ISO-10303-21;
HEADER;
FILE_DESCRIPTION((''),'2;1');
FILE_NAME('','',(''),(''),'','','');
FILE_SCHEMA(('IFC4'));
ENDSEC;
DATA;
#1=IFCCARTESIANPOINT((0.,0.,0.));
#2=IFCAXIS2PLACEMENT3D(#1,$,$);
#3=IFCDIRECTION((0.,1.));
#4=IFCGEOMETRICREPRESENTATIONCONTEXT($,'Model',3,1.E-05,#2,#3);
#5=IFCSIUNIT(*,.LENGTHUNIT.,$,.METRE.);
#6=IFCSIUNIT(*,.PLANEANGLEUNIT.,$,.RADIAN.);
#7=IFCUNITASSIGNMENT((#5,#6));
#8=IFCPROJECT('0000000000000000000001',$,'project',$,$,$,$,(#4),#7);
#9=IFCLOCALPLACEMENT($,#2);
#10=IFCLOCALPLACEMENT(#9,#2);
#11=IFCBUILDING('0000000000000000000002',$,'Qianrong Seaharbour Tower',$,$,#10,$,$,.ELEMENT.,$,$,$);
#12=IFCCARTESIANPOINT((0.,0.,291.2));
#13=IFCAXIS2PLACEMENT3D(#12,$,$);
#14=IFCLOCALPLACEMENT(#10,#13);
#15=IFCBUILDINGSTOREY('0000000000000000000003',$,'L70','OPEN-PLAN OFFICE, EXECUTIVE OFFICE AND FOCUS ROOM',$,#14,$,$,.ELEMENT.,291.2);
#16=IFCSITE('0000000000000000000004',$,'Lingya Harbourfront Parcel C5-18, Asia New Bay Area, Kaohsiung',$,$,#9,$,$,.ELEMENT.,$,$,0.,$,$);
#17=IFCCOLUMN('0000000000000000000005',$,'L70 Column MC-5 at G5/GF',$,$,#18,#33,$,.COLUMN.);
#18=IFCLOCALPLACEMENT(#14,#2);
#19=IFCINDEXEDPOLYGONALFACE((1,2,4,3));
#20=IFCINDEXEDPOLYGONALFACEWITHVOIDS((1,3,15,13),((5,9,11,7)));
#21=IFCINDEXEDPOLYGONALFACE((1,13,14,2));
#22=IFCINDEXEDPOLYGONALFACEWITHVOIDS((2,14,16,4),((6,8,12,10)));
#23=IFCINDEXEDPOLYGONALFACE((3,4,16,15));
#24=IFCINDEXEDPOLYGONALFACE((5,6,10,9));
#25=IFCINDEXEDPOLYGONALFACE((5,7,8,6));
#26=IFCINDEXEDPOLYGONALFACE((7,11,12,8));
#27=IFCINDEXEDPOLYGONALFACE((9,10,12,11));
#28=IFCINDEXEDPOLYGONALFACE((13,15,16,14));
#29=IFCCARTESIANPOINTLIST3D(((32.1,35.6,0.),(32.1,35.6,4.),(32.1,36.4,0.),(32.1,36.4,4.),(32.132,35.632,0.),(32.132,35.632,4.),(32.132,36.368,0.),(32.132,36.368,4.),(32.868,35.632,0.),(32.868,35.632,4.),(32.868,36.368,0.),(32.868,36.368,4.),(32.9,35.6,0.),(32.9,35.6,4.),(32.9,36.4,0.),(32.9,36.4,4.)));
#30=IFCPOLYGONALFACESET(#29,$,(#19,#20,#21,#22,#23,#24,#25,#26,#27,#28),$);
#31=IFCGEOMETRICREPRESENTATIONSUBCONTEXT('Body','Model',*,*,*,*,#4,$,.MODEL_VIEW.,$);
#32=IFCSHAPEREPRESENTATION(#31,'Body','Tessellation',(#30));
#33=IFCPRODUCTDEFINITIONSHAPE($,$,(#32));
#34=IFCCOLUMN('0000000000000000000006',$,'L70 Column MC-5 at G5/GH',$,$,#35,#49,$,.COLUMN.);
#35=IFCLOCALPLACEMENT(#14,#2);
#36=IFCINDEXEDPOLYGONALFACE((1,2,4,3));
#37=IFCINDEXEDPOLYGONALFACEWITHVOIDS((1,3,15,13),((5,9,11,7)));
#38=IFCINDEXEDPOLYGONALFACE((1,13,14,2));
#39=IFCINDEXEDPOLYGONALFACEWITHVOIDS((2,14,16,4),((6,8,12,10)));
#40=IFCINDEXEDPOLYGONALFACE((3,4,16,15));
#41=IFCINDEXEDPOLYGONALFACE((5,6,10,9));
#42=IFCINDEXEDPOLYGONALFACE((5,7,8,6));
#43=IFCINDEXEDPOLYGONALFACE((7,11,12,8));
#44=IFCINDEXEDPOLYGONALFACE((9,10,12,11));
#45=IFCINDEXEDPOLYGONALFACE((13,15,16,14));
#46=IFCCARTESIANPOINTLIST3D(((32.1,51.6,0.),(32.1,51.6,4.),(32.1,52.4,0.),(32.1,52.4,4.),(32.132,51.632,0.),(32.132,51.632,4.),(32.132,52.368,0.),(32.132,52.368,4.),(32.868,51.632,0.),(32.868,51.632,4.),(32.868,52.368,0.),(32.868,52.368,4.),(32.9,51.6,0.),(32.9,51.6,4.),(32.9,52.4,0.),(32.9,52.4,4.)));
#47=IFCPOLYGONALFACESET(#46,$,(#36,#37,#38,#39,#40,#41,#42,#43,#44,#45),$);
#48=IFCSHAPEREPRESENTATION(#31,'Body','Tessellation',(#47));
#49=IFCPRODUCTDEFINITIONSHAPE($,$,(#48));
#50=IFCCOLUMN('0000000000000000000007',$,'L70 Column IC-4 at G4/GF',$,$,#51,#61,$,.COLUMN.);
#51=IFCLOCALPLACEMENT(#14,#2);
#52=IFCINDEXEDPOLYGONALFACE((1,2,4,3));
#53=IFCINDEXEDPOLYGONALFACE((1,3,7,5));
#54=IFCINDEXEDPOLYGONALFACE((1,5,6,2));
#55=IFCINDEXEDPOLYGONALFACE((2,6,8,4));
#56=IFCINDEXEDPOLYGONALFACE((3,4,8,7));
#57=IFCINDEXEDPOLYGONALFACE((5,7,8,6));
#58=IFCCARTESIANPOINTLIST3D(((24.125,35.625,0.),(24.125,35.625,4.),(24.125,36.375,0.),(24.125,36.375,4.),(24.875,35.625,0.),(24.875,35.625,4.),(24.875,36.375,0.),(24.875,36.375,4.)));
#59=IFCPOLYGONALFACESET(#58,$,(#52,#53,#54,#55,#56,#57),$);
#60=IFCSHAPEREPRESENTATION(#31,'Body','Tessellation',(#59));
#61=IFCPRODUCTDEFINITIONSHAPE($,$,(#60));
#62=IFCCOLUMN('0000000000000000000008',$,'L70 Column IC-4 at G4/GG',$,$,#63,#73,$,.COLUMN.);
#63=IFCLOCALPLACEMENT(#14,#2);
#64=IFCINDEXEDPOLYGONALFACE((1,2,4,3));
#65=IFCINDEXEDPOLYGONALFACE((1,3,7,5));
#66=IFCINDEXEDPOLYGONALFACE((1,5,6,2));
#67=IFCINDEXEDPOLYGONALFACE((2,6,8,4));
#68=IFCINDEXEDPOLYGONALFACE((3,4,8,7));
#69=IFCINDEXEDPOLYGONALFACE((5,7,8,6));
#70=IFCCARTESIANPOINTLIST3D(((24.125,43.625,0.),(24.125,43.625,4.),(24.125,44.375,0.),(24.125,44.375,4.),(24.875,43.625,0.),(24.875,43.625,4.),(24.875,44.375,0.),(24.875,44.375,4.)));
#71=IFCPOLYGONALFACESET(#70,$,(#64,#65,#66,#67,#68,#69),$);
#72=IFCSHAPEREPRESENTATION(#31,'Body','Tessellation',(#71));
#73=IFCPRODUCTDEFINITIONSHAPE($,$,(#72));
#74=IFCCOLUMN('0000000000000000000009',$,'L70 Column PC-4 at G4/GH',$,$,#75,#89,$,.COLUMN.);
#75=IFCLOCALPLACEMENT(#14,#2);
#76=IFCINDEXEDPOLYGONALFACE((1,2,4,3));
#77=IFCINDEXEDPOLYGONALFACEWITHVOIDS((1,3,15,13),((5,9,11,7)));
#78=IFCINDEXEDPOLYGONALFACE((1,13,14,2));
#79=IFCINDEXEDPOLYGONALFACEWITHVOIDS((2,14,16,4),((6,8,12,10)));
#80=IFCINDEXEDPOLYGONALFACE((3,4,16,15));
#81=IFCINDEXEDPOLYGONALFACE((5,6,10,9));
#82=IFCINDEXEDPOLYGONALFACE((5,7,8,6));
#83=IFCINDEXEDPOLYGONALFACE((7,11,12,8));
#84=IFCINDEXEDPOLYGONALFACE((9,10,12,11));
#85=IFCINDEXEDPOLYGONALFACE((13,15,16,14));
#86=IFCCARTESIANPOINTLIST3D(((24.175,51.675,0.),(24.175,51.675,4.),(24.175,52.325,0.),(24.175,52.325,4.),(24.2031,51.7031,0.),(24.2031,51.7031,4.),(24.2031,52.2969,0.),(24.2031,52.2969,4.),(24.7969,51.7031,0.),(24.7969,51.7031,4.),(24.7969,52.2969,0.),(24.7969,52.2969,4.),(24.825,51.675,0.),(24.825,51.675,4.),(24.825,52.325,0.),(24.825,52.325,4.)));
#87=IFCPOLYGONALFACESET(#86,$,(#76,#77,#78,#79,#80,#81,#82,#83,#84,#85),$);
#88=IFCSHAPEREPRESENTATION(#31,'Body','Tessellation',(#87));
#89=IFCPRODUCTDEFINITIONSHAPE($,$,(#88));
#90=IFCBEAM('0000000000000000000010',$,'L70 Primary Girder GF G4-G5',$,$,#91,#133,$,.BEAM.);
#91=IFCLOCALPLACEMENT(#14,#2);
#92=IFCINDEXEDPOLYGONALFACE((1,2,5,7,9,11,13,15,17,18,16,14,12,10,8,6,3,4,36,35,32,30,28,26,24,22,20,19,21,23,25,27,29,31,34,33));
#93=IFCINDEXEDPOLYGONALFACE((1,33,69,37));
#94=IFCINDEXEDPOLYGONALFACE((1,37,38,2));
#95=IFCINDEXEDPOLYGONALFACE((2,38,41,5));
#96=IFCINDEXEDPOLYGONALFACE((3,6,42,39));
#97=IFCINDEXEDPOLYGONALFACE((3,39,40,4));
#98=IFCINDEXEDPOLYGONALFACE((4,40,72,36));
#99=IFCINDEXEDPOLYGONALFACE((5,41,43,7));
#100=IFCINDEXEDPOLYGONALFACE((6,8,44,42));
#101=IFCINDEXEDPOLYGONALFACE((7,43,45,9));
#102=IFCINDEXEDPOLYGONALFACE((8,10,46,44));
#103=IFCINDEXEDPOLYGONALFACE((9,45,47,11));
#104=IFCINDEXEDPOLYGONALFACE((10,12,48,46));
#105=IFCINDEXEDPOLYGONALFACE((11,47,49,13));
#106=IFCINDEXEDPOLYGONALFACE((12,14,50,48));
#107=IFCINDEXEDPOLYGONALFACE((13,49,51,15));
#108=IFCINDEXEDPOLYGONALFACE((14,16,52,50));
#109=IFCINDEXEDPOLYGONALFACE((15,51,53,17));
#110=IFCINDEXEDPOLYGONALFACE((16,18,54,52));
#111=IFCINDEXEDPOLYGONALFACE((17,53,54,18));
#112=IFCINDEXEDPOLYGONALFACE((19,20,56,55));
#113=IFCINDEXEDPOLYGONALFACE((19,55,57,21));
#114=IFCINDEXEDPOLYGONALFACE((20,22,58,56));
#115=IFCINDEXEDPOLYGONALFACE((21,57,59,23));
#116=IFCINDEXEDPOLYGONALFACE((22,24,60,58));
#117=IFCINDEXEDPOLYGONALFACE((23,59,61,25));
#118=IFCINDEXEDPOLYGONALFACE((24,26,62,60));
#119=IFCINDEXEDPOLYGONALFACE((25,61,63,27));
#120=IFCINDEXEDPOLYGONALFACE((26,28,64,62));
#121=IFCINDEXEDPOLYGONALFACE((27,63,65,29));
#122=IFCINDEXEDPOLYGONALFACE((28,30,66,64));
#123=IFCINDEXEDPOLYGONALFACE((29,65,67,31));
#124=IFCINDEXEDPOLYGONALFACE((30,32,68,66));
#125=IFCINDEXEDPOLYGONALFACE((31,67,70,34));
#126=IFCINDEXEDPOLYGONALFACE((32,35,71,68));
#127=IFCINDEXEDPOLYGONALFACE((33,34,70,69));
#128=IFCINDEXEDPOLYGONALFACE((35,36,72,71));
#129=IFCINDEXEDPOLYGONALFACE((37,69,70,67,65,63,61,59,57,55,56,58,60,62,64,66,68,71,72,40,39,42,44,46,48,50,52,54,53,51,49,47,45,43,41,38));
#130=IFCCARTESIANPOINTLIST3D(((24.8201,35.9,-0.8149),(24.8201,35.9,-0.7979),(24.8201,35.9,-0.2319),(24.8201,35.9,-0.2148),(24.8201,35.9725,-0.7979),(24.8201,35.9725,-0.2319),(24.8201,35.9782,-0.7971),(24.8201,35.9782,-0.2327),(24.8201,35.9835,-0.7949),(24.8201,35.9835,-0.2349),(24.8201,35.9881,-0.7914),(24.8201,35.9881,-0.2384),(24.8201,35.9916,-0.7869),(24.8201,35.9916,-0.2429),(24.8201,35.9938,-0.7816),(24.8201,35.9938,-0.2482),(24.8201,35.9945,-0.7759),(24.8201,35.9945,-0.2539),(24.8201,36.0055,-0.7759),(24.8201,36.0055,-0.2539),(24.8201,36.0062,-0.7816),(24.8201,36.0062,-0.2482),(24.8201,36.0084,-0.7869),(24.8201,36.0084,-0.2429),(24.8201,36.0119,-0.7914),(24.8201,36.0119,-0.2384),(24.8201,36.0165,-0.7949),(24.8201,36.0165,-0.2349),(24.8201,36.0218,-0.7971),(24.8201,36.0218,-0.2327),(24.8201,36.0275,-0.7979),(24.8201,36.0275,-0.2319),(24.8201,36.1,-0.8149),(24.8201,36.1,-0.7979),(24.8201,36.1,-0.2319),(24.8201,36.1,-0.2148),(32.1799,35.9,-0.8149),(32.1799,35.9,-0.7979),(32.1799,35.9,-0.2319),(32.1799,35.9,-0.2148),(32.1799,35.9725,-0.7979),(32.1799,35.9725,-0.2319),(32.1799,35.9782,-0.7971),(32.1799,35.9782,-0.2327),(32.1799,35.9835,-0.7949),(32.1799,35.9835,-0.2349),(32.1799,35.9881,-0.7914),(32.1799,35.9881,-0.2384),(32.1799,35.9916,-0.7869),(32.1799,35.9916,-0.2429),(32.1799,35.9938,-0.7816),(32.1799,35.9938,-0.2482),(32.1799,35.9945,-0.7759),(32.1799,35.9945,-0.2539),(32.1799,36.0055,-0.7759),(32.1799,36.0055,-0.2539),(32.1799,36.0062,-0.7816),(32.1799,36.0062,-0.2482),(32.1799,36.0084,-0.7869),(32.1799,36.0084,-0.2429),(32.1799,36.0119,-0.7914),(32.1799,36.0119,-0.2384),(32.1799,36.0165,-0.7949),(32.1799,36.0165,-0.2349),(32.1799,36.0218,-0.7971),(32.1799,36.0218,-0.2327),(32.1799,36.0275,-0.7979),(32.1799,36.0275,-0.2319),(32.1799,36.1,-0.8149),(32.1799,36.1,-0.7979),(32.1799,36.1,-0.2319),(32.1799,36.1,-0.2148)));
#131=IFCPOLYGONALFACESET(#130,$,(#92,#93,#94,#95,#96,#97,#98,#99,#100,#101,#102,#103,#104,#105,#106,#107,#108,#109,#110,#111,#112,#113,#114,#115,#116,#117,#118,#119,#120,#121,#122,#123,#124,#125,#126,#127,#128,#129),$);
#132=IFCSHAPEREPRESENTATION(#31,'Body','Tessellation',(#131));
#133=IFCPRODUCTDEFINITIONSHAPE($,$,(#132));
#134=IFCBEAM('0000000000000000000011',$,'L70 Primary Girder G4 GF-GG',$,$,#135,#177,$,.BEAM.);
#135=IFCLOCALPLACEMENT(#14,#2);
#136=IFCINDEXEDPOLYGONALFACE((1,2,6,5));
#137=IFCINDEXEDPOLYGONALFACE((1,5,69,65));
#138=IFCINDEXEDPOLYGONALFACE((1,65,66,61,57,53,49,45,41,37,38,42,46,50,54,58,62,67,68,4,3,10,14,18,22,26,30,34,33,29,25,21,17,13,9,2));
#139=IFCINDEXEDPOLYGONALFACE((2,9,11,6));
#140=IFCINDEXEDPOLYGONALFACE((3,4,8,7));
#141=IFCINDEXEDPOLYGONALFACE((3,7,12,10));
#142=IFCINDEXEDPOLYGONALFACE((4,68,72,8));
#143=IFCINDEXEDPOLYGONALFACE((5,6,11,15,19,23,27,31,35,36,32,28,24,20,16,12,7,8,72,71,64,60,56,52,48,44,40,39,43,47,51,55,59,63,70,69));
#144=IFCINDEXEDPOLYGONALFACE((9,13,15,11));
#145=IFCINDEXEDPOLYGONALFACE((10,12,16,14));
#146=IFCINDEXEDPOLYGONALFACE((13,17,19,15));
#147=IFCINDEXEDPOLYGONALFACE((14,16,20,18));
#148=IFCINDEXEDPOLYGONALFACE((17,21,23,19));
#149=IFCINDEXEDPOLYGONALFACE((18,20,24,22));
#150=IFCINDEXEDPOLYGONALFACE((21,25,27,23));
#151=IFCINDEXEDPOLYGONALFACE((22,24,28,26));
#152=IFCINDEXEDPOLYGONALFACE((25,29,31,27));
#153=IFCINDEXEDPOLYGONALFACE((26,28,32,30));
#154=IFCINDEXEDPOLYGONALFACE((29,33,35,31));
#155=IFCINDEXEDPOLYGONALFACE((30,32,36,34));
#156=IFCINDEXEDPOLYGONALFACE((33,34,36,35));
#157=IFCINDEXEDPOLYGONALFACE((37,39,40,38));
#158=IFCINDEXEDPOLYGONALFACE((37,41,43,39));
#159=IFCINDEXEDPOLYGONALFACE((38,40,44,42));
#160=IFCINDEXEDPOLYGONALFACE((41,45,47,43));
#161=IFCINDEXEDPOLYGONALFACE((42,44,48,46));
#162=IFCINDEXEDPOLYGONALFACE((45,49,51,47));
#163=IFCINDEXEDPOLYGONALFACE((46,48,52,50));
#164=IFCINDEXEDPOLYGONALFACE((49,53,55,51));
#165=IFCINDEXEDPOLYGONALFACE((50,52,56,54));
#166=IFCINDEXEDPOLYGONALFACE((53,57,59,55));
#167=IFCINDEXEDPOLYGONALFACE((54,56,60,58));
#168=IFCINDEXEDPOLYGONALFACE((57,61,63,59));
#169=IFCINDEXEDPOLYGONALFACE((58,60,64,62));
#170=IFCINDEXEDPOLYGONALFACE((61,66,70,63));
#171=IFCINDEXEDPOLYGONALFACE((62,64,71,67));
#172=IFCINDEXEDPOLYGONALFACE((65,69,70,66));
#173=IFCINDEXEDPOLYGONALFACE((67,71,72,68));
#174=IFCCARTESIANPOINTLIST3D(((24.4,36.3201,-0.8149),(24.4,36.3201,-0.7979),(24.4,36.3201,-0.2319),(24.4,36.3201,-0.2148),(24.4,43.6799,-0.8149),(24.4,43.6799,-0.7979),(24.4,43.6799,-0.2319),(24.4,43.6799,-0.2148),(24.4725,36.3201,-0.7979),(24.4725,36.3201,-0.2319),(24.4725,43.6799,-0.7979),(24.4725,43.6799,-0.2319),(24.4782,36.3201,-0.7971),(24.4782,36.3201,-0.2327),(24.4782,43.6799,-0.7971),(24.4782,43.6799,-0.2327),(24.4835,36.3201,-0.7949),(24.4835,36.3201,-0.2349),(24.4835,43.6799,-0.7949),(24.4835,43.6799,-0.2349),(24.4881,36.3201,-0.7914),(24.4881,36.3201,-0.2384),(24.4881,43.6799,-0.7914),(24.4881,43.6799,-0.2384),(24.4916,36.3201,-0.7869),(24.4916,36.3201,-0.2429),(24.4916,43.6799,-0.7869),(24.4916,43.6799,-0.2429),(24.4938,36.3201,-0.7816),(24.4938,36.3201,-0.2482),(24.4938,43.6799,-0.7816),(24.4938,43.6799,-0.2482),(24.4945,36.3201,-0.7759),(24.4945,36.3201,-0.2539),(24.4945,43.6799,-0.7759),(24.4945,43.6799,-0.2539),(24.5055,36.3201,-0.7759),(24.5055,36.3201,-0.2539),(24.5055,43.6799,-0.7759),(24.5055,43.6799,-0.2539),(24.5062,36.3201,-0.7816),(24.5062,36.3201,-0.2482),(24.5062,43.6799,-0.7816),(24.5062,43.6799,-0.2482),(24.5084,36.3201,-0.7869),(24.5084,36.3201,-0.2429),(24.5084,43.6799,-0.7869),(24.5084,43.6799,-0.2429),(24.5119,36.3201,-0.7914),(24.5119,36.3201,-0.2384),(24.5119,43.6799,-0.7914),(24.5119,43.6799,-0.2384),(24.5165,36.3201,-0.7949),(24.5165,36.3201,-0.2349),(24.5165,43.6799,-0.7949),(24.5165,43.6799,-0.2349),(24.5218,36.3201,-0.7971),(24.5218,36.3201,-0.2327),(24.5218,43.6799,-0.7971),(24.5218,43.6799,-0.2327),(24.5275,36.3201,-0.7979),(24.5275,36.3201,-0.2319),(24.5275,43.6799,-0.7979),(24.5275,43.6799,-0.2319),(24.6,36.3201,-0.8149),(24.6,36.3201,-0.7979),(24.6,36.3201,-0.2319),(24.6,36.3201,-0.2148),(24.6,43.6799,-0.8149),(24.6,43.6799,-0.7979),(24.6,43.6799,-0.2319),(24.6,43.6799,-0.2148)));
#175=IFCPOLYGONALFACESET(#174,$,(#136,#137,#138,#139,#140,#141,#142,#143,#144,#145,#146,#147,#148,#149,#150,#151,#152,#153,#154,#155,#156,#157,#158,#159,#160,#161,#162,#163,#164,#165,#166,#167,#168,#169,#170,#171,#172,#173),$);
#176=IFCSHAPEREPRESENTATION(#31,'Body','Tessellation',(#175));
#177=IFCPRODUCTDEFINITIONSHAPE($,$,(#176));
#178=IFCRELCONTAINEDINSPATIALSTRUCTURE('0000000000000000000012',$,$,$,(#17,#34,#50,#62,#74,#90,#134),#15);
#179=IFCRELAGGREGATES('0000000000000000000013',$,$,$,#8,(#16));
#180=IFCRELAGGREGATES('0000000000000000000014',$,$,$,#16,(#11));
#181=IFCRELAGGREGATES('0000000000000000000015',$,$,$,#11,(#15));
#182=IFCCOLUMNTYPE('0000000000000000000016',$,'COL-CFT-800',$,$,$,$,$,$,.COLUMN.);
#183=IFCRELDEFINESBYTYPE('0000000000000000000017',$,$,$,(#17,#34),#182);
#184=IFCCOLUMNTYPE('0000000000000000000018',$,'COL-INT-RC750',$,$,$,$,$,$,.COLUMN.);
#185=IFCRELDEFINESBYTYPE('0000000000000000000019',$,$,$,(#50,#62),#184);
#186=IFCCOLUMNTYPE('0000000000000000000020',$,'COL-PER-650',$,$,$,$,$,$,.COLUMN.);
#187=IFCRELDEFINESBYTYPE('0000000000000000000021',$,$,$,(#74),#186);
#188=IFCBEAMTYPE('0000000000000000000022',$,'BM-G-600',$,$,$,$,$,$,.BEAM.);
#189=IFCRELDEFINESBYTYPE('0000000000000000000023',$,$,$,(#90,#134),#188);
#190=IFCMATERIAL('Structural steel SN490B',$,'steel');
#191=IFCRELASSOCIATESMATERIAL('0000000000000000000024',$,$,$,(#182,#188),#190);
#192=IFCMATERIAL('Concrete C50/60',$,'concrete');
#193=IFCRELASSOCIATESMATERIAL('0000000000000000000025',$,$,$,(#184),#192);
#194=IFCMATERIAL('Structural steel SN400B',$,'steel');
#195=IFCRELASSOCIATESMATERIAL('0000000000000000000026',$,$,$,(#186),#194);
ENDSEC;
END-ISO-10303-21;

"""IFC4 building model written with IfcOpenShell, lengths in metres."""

from ifc_helpers import new_model, si_unit, direction, frame, origin, origin_2d, place, context, subcontext, project, spatial, rectangle, hollow_rectangle, i_section, extrude, material, material_profile, profile_set, type_object, element, save


model = new_model("IFC4")

# Units and contexts
model_context = context("Model", 3, precision=1e-05, world=origin(), true_north=direction((0.0, 1.0)))
body_context = subcontext(model_context, "Body", "Model", "MODEL_VIEW")
ifc_project = project(units=[si_unit("LENGTHUNIT", "METRE"), si_unit("PLANEANGLEUNIT", "RADIAN")], contexts=[model_context])

# Site, building, storey
site_placement = place(None, origin())
site = spatial("IfcSite", under=ifc_project, at=site_placement, Name="Lingya Harbourfront Parcel C5-18, Asia New Bay Area, Kaohsiung", CompositionType="ELEMENT", RefElevation=0.0)
building_placement = place(site_placement, origin())
building = spatial("IfcBuilding", under=site, at=building_placement, Name="Qianrong Seaharbour Tower", CompositionType="ELEMENT")
storey_placement = place(building_placement, frame((0.0, 0.0, 291.2)))
storey = spatial("IfcBuildingStorey", under=building, at=storey_placement, Name="L70", Description="OPEN-PLAN OFFICE, EXECUTIVE OFFICE AND FOCUS ROOM", CompositionType="ELEMENT", Elevation=291.2)

# Columns
ifc_material_1 = material(Name="Structural steel SN490B", Category="steel")
ifc_material_profile_1 = material_profile(ifc_material_1, hollow_rectangle(XDim=0.8, YDim=0.8, WallThickness=0.032, at=origin_2d()), Name="BOX800x800x32")
ifc_profile_set_1 = profile_set([ifc_material_profile_1], Name="Structural steel SN490B")
column_type_1 = type_object("IfcColumnType", Name="COL-CFT-800", PredefinedType="COLUMN", material=ifc_profile_set_1)
for number, where, z_axis, x_axis, name in (
    (1, (32.5, 36.0, 0.0), (0.0, 0.0, 1.0), (1.0, 0.0, 0.0), "L70 Column MC-5 at G5/GF"),
    (2, (32.5, 52.0, 0.0), (0.0, 0.0, 1.0), (1.0, 0.0, 0.0), "L70 Column MC-5 at G5/GH"),
):
    element("IfcColumn", number, at=place(storey_placement, frame(where, z_axis=z_axis, x_axis=x_axis)), inside=storey, type_object=column_type_1, Name=name, PredefinedType="COLUMN", context=body_context, shape_type="SweptSolid", body=[
        extrude(hollow_rectangle(XDim=0.8, YDim=0.8, WallThickness=0.032, at=origin_2d()), origin(), (0.0, 0.0, 1.0), 4.0),
    ])
ifc_material_2 = material(Name="Concrete C50/60", Category="concrete")
ifc_material_profile_2 = material_profile(ifc_material_2, rectangle(XDim=0.75, YDim=0.75, at=origin_2d()), Name="RC750x750")
ifc_profile_set_2 = profile_set([ifc_material_profile_2], Name="Concrete C50/60")
column_type_2 = type_object("IfcColumnType", Name="COL-INT-RC750", PredefinedType="COLUMN", material=ifc_profile_set_2)
for number, where, z_axis, x_axis, name in (
    (3, (24.5, 36.0, 0.0), (0.0, 0.0, 1.0), (1.0, 0.0, 0.0), "L70 Column IC-4 at G4/GF"),
    (4, (24.5, 44.0, 0.0), (0.0, 0.0, 1.0), (1.0, 0.0, 0.0), "L70 Column IC-4 at G4/GG"),
):
    element("IfcColumn", number, at=place(storey_placement, frame(where, z_axis=z_axis, x_axis=x_axis)), inside=storey, type_object=column_type_2, Name=name, PredefinedType="COLUMN", context=body_context, shape_type="SweptSolid", body=[
        extrude(rectangle(XDim=0.75, YDim=0.75, at=origin_2d()), origin(), (0.0, 0.0, 1.0), 4.0),
    ])
ifc_material_3 = material(Name="Structural steel SN400B", Category="steel")
ifc_material_profile_3 = material_profile(ifc_material_3, hollow_rectangle(XDim=0.6499, YDim=0.6499, WallThickness=0.0281, at=origin_2d()), Name="BOX650x650x28")
ifc_profile_set_3 = profile_set([ifc_material_profile_3], Name="Structural steel SN400B")
column_type_3 = type_object("IfcColumnType", Name="COL-PER-650", PredefinedType="COLUMN", material=ifc_profile_set_3)
column_placement = place(storey_placement, frame((24.5, 52.0, 0.0), z_axis=(0.0, 0.0, 1.0), x_axis=(1.0, 0.0, 0.0)))
element("IfcColumn", 5, at=column_placement, inside=storey, type_object=column_type_3, Name="L70 Column PC-4 at G4/GH", PredefinedType="COLUMN", context=body_context, shape_type="SweptSolid", body=[
    extrude(hollow_rectangle(XDim=0.6499, YDim=0.6499, WallThickness=0.0281, at=origin_2d()), origin(), (0.0, 0.0, 1.0), 4.0),
])

# Beams
ifc_material_profile_4 = material_profile(ifc_material_1, i_section(OverallWidth=0.2, OverallDepth=0.6001, WebThickness=0.011, FlangeThickness=0.0171, FilletRadius=0.022, at=origin_2d()), Name="H600x200x11x17")
ifc_profile_set_4 = profile_set([ifc_material_profile_4], Name="Structural steel SN490B")
beam_type_1 = type_object("IfcBeamType", Name="BM-G-600", PredefinedType="BEAM", material=ifc_profile_set_4)
for number, where, z_axis, x_axis, name in (
    (6, (24.8201, 36.0, -0.5149), (1.0, 0.0, 0.0), (0.0, 1.0, 0.0), "L70 Primary Girder GF G4-G5"),
    (7, (24.5, 36.3201, -0.5149), (0.0, 1.0, 0.0), (-1.0, 0.0, 0.0), "L70 Primary Girder G4 GF-GG"),
):
    element("IfcBeam", number, at=place(storey_placement, frame(where, z_axis=z_axis, x_axis=x_axis)), inside=storey, type_object=beam_type_1, Name=name, PredefinedType="BEAM", context=body_context, shape_type="SweptSolid", body=[
        extrude(i_section(OverallWidth=0.2, OverallDepth=0.6001, WebThickness=0.011, FlangeThickness=0.0171, FilletRadius=0.022, at=origin_2d()), origin(), (0.0, 0.0, 1.0), 7.3599),
    ])

save(model, "model.ifc")
